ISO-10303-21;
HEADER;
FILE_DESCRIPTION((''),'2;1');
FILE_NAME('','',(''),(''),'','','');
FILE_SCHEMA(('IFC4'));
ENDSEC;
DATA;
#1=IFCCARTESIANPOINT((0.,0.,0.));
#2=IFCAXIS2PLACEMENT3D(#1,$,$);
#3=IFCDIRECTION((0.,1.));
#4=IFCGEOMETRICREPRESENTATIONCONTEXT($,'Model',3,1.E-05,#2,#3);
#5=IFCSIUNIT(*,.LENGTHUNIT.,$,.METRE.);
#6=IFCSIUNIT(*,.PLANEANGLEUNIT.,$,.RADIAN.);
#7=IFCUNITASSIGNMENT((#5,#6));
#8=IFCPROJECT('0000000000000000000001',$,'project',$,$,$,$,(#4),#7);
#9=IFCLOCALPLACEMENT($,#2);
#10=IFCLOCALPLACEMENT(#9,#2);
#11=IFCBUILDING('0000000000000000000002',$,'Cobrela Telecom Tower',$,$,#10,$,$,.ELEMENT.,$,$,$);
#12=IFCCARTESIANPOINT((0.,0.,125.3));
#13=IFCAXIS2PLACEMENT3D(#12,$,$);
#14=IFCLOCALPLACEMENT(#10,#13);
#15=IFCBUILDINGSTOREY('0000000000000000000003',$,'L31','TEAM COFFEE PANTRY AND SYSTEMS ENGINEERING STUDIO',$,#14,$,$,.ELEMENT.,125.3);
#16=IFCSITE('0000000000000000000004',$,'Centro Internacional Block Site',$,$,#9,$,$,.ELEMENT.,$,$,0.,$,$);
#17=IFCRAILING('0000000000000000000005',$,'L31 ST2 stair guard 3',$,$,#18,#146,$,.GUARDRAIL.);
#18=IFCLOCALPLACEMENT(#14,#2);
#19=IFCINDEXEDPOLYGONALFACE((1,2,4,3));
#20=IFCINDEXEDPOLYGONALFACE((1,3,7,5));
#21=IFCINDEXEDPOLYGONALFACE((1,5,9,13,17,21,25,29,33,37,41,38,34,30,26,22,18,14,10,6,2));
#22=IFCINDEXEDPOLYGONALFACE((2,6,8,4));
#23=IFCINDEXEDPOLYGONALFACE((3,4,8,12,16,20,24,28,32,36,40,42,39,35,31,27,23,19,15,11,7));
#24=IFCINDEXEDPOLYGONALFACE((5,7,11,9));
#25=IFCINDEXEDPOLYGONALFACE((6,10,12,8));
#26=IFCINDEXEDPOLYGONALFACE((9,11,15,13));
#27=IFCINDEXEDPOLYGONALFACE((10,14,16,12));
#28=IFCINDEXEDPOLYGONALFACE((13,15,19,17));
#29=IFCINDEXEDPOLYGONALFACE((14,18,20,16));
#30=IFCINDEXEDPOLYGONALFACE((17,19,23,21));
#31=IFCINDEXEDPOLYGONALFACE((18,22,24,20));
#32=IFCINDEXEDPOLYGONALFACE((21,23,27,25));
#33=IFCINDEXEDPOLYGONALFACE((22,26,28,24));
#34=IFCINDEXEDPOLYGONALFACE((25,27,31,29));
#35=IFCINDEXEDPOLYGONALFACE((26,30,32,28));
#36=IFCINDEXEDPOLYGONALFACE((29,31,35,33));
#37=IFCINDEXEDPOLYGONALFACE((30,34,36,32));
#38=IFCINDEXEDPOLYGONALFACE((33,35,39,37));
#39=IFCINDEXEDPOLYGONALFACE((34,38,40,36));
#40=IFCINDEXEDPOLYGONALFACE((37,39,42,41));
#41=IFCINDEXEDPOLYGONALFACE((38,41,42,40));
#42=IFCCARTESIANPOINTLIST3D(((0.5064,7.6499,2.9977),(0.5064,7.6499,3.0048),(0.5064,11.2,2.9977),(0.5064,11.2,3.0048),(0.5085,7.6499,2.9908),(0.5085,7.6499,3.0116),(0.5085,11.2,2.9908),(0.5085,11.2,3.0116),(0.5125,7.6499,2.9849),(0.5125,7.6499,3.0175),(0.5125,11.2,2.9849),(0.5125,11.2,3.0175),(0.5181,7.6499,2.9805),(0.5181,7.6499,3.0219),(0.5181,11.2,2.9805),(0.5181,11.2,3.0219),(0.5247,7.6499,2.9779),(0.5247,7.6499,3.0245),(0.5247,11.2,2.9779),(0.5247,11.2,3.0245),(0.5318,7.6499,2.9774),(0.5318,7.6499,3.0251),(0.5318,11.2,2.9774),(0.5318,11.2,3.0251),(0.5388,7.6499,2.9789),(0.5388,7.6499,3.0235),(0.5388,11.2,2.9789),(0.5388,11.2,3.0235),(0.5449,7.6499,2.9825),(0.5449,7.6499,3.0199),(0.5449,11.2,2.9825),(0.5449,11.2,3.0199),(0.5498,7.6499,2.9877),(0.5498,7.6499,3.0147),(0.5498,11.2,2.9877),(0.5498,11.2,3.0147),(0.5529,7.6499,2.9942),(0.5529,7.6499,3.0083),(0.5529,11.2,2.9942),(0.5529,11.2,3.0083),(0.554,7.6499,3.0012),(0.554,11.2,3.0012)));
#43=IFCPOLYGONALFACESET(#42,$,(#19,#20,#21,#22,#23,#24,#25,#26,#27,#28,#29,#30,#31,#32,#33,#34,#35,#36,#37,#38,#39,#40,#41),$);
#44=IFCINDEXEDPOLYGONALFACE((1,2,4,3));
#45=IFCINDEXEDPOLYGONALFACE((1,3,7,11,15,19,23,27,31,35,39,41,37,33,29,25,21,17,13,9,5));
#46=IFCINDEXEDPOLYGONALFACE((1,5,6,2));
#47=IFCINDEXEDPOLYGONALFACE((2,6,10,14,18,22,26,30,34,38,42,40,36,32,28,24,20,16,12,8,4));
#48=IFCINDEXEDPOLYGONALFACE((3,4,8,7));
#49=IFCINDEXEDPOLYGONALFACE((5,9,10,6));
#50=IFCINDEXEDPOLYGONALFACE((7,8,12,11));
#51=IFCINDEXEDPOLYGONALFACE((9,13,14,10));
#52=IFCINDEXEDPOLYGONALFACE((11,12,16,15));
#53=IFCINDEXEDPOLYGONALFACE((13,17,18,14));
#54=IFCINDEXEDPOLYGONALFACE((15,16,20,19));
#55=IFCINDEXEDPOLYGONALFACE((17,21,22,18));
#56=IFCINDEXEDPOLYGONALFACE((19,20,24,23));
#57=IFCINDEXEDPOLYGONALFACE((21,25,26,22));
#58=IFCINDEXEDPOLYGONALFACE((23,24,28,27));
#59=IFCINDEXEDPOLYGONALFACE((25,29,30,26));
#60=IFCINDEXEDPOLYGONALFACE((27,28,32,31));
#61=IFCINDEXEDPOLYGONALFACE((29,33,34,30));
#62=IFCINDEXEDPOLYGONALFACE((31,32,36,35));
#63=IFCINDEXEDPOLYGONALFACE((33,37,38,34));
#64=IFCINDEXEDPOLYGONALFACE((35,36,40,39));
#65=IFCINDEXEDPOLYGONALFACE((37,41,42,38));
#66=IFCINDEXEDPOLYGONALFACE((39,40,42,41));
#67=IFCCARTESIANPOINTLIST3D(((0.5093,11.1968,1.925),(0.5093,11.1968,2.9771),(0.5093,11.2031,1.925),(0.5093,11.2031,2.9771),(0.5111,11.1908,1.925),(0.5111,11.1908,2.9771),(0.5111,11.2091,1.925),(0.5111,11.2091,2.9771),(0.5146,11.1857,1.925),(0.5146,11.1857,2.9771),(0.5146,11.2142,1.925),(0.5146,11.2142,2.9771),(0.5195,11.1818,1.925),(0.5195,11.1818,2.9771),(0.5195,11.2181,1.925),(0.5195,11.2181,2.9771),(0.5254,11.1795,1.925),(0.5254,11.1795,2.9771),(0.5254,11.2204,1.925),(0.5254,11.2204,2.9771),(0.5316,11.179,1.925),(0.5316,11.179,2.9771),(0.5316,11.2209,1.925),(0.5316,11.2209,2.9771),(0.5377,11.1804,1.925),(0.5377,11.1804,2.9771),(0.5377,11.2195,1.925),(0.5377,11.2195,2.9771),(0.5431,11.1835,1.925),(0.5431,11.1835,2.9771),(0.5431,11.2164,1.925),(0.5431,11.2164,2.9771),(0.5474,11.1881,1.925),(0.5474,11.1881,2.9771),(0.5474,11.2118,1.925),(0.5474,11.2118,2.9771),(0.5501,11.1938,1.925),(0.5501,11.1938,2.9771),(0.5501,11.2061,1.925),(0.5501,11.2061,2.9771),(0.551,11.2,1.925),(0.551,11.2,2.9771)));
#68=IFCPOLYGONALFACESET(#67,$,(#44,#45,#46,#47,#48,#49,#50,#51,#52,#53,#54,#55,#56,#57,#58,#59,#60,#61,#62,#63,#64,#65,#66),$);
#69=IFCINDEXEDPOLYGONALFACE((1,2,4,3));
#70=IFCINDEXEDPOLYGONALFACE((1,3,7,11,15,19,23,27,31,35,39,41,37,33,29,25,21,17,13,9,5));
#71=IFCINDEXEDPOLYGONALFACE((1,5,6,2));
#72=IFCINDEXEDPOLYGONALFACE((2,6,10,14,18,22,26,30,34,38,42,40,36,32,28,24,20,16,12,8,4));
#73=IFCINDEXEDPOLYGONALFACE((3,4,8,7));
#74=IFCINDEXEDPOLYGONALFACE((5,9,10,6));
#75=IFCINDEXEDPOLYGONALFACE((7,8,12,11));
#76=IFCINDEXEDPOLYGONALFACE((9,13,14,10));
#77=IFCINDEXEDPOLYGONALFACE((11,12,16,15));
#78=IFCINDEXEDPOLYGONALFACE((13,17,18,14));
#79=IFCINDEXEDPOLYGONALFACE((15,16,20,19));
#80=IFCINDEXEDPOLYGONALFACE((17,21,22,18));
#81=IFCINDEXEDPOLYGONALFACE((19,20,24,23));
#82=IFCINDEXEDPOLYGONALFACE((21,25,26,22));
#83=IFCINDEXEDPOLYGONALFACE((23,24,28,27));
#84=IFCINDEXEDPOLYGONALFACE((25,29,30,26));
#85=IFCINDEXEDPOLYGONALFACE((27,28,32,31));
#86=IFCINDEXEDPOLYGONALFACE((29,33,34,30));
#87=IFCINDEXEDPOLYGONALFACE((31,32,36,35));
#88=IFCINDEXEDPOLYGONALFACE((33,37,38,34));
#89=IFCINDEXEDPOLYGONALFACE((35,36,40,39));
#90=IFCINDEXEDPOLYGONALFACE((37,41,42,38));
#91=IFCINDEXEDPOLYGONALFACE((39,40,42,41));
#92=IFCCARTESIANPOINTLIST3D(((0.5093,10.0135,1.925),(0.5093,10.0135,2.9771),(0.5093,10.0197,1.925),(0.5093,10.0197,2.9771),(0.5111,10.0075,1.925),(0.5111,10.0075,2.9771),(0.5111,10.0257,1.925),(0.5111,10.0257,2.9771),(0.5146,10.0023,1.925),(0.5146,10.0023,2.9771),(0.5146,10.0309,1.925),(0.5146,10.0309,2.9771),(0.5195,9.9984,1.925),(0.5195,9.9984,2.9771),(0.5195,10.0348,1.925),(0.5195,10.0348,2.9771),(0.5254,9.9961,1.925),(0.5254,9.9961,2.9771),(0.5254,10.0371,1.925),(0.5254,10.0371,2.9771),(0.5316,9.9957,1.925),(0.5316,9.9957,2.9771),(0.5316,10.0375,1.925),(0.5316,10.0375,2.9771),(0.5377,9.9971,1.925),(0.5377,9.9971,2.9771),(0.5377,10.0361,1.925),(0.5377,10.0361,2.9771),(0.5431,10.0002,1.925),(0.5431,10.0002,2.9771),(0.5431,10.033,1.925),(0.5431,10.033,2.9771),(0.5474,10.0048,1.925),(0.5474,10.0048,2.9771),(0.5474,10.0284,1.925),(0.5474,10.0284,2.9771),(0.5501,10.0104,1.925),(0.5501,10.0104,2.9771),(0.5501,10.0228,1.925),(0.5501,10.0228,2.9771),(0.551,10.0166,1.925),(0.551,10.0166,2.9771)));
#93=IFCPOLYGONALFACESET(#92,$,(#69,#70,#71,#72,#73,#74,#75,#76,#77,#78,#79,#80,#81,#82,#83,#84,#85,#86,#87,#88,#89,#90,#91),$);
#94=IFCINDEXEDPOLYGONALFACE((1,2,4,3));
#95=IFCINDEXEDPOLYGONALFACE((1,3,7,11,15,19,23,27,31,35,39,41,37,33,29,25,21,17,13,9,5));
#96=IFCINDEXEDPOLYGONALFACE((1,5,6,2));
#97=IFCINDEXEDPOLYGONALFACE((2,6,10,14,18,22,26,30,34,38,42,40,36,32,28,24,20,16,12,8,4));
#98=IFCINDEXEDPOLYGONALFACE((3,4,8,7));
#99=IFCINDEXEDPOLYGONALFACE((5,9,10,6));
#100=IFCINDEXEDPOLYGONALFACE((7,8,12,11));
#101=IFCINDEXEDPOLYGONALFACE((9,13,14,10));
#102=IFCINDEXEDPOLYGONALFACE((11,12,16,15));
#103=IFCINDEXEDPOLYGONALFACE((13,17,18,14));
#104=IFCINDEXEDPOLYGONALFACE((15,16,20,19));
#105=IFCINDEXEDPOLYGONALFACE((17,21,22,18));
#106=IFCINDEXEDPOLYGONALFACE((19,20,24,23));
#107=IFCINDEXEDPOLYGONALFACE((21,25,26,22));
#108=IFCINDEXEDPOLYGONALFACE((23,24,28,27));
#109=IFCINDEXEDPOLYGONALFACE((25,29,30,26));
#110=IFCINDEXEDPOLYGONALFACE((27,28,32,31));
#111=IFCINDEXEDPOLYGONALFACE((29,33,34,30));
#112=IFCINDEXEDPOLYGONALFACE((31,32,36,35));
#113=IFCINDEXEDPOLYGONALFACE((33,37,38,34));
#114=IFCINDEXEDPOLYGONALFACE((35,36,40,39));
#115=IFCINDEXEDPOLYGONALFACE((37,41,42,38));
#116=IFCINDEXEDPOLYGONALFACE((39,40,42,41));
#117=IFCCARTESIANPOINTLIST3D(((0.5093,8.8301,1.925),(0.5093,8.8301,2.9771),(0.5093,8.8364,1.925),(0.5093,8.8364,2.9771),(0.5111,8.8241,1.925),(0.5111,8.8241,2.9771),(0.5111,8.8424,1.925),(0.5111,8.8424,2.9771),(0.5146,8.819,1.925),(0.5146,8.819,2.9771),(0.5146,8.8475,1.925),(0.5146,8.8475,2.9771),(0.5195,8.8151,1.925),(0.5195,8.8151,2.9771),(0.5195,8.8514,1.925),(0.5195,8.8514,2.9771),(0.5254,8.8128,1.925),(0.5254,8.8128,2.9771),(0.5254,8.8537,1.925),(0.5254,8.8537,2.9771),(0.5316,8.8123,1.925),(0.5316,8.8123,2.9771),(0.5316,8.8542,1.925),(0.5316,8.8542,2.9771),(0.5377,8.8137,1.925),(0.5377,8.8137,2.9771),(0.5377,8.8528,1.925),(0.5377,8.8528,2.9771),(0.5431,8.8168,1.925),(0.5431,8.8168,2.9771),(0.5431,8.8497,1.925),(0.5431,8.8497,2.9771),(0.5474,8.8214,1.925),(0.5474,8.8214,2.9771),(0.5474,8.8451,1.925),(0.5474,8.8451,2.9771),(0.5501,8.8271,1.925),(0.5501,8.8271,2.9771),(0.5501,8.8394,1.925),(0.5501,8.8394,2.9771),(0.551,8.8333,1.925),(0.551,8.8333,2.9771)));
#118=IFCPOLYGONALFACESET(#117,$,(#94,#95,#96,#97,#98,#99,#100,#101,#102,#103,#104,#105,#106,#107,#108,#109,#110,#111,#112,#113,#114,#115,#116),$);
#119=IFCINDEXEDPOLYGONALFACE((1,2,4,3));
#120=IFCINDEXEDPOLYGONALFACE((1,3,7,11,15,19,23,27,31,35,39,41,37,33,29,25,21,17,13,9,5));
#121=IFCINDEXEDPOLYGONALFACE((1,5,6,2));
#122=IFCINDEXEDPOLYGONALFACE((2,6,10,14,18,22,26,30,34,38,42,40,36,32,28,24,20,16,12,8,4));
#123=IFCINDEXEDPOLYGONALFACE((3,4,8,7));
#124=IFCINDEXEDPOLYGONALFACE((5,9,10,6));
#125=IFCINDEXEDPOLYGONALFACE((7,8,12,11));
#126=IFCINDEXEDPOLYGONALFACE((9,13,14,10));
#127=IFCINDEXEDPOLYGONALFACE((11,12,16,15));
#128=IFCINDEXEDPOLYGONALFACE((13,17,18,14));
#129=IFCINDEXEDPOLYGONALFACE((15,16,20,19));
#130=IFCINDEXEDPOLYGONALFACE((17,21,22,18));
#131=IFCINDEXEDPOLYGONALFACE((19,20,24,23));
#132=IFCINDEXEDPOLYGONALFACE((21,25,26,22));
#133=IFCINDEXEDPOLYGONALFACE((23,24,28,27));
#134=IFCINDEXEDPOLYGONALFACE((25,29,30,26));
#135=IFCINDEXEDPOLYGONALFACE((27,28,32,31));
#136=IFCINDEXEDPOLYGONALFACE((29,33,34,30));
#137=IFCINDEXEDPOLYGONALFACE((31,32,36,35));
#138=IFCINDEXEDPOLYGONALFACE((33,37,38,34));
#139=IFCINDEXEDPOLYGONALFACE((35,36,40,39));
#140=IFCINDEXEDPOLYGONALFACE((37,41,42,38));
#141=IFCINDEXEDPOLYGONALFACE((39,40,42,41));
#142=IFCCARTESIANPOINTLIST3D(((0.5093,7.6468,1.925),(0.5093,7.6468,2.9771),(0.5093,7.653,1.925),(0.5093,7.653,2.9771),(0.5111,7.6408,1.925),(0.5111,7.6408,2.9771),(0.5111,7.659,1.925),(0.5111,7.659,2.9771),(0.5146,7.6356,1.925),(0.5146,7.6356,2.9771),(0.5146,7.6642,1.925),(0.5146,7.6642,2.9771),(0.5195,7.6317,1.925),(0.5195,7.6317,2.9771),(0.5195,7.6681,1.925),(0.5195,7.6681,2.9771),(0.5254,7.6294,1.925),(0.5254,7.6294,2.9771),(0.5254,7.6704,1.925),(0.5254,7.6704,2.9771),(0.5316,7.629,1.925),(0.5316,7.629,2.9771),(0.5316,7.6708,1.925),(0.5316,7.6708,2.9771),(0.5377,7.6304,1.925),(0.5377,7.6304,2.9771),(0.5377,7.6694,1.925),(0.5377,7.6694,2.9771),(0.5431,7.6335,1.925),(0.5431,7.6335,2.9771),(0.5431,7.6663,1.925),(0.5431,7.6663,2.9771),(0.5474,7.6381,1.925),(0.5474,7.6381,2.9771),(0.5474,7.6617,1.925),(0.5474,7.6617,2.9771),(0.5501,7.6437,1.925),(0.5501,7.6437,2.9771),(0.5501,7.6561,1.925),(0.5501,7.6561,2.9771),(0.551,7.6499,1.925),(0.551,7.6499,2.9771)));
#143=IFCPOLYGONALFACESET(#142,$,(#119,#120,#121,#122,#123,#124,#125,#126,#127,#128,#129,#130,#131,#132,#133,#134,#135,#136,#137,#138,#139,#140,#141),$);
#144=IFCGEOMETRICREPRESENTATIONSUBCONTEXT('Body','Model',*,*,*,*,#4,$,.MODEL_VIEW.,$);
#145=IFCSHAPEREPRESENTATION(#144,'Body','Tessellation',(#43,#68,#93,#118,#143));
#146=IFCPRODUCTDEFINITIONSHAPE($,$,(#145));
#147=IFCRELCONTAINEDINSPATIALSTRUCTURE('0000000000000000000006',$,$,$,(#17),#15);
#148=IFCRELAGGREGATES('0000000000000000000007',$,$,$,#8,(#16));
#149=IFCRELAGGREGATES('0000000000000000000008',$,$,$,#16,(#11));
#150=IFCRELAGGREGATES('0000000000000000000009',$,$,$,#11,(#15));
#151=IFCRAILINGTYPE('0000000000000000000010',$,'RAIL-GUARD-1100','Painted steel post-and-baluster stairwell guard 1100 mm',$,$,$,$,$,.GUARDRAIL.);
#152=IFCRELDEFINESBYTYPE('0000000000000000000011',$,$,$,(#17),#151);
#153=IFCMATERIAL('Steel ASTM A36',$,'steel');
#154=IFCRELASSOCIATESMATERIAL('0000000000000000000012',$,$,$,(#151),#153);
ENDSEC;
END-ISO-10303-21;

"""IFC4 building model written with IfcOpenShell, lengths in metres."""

from ifc_helpers import new_model, si_unit, direction, frame, origin, origin_2d, place, context, subcontext, project, spatial, circle, extrude, material, type_object, element, save


model = new_model("IFC4")

# Units and contexts
model_context = context("Model", 3, precision=1e-05, world=origin(), true_north=direction((0.0, 1.0)))
body_context = subcontext(model_context, "Body", "Model", "MODEL_VIEW")
ifc_project = project(units=[si_unit("LENGTHUNIT", "METRE"), si_unit("PLANEANGLEUNIT", "RADIAN")], contexts=[model_context])

# Site, building, storey
site_placement = place(None, origin())
site = spatial("IfcSite", under=ifc_project, at=site_placement, Name="Centro Internacional Block Site", CompositionType="ELEMENT", RefElevation=0.0)
building_placement = place(site_placement, origin())
building = spatial("IfcBuilding", under=site, at=building_placement, Name="Cobrela Telecom Tower", CompositionType="ELEMENT")
storey_placement = place(building_placement, frame((0.0, 0.0, 125.3)))
storey = spatial("IfcBuildingStorey", under=building, at=storey_placement, Name="L31", Description="TEAM COFFEE PANTRY AND SYSTEMS ENGINEERING STUDIO", CompositionType="ELEMENT", Elevation=125.3)

# Shared definitions
ifc_material_1 = material(Name="Steel ASTM A36", Category="steel")

# Railing
railing_type_1 = type_object("IfcRailingType", Name="RAIL-GUARD-1100", Description="Painted steel post-and-baluster stairwell guard 1100 mm", PredefinedType="GUARDRAIL", material=ifc_material_1)
railing_1_placement = place(storey_placement, frame((0.53, 11.2, 1.925)))
element("IfcRailing", 1, at=railing_1_placement, inside=storey, type_object=railing_type_1, Name="L31 ST2 stair guard 3", PredefinedType="GUARDRAIL", context=body_context, shape_type="SweptSolid", body=[
    extrude(circle(Radius=0.0239, at=origin_2d()), frame((0.0, 0.0, 1.0762), z_axis=(0.0, -1.0, 0.0), x_axis=(1.0, 0.0, 0.0)), (0.0, 0.0, 1.0), 3.55),
    extrude(circle(Radius=0.021, at=origin_2d()), origin(), (0.0, 0.0, 1.0), 1.052),
    extrude(circle(Radius=0.021, at=origin_2d()), frame((0.0, -1.1833, 0.0)), (0.0, 0.0, 1.0), 1.052),
    extrude(circle(Radius=0.021, at=origin_2d()), frame((0.0, -2.3667, 0.0)), (0.0, 0.0, 1.0), 1.052),
    extrude(circle(Radius=0.021, at=origin_2d()), frame((0.0, -3.55, 0.0)), (0.0, 0.0, 1.0), 1.052),
])

save(model, "model.ifc")
